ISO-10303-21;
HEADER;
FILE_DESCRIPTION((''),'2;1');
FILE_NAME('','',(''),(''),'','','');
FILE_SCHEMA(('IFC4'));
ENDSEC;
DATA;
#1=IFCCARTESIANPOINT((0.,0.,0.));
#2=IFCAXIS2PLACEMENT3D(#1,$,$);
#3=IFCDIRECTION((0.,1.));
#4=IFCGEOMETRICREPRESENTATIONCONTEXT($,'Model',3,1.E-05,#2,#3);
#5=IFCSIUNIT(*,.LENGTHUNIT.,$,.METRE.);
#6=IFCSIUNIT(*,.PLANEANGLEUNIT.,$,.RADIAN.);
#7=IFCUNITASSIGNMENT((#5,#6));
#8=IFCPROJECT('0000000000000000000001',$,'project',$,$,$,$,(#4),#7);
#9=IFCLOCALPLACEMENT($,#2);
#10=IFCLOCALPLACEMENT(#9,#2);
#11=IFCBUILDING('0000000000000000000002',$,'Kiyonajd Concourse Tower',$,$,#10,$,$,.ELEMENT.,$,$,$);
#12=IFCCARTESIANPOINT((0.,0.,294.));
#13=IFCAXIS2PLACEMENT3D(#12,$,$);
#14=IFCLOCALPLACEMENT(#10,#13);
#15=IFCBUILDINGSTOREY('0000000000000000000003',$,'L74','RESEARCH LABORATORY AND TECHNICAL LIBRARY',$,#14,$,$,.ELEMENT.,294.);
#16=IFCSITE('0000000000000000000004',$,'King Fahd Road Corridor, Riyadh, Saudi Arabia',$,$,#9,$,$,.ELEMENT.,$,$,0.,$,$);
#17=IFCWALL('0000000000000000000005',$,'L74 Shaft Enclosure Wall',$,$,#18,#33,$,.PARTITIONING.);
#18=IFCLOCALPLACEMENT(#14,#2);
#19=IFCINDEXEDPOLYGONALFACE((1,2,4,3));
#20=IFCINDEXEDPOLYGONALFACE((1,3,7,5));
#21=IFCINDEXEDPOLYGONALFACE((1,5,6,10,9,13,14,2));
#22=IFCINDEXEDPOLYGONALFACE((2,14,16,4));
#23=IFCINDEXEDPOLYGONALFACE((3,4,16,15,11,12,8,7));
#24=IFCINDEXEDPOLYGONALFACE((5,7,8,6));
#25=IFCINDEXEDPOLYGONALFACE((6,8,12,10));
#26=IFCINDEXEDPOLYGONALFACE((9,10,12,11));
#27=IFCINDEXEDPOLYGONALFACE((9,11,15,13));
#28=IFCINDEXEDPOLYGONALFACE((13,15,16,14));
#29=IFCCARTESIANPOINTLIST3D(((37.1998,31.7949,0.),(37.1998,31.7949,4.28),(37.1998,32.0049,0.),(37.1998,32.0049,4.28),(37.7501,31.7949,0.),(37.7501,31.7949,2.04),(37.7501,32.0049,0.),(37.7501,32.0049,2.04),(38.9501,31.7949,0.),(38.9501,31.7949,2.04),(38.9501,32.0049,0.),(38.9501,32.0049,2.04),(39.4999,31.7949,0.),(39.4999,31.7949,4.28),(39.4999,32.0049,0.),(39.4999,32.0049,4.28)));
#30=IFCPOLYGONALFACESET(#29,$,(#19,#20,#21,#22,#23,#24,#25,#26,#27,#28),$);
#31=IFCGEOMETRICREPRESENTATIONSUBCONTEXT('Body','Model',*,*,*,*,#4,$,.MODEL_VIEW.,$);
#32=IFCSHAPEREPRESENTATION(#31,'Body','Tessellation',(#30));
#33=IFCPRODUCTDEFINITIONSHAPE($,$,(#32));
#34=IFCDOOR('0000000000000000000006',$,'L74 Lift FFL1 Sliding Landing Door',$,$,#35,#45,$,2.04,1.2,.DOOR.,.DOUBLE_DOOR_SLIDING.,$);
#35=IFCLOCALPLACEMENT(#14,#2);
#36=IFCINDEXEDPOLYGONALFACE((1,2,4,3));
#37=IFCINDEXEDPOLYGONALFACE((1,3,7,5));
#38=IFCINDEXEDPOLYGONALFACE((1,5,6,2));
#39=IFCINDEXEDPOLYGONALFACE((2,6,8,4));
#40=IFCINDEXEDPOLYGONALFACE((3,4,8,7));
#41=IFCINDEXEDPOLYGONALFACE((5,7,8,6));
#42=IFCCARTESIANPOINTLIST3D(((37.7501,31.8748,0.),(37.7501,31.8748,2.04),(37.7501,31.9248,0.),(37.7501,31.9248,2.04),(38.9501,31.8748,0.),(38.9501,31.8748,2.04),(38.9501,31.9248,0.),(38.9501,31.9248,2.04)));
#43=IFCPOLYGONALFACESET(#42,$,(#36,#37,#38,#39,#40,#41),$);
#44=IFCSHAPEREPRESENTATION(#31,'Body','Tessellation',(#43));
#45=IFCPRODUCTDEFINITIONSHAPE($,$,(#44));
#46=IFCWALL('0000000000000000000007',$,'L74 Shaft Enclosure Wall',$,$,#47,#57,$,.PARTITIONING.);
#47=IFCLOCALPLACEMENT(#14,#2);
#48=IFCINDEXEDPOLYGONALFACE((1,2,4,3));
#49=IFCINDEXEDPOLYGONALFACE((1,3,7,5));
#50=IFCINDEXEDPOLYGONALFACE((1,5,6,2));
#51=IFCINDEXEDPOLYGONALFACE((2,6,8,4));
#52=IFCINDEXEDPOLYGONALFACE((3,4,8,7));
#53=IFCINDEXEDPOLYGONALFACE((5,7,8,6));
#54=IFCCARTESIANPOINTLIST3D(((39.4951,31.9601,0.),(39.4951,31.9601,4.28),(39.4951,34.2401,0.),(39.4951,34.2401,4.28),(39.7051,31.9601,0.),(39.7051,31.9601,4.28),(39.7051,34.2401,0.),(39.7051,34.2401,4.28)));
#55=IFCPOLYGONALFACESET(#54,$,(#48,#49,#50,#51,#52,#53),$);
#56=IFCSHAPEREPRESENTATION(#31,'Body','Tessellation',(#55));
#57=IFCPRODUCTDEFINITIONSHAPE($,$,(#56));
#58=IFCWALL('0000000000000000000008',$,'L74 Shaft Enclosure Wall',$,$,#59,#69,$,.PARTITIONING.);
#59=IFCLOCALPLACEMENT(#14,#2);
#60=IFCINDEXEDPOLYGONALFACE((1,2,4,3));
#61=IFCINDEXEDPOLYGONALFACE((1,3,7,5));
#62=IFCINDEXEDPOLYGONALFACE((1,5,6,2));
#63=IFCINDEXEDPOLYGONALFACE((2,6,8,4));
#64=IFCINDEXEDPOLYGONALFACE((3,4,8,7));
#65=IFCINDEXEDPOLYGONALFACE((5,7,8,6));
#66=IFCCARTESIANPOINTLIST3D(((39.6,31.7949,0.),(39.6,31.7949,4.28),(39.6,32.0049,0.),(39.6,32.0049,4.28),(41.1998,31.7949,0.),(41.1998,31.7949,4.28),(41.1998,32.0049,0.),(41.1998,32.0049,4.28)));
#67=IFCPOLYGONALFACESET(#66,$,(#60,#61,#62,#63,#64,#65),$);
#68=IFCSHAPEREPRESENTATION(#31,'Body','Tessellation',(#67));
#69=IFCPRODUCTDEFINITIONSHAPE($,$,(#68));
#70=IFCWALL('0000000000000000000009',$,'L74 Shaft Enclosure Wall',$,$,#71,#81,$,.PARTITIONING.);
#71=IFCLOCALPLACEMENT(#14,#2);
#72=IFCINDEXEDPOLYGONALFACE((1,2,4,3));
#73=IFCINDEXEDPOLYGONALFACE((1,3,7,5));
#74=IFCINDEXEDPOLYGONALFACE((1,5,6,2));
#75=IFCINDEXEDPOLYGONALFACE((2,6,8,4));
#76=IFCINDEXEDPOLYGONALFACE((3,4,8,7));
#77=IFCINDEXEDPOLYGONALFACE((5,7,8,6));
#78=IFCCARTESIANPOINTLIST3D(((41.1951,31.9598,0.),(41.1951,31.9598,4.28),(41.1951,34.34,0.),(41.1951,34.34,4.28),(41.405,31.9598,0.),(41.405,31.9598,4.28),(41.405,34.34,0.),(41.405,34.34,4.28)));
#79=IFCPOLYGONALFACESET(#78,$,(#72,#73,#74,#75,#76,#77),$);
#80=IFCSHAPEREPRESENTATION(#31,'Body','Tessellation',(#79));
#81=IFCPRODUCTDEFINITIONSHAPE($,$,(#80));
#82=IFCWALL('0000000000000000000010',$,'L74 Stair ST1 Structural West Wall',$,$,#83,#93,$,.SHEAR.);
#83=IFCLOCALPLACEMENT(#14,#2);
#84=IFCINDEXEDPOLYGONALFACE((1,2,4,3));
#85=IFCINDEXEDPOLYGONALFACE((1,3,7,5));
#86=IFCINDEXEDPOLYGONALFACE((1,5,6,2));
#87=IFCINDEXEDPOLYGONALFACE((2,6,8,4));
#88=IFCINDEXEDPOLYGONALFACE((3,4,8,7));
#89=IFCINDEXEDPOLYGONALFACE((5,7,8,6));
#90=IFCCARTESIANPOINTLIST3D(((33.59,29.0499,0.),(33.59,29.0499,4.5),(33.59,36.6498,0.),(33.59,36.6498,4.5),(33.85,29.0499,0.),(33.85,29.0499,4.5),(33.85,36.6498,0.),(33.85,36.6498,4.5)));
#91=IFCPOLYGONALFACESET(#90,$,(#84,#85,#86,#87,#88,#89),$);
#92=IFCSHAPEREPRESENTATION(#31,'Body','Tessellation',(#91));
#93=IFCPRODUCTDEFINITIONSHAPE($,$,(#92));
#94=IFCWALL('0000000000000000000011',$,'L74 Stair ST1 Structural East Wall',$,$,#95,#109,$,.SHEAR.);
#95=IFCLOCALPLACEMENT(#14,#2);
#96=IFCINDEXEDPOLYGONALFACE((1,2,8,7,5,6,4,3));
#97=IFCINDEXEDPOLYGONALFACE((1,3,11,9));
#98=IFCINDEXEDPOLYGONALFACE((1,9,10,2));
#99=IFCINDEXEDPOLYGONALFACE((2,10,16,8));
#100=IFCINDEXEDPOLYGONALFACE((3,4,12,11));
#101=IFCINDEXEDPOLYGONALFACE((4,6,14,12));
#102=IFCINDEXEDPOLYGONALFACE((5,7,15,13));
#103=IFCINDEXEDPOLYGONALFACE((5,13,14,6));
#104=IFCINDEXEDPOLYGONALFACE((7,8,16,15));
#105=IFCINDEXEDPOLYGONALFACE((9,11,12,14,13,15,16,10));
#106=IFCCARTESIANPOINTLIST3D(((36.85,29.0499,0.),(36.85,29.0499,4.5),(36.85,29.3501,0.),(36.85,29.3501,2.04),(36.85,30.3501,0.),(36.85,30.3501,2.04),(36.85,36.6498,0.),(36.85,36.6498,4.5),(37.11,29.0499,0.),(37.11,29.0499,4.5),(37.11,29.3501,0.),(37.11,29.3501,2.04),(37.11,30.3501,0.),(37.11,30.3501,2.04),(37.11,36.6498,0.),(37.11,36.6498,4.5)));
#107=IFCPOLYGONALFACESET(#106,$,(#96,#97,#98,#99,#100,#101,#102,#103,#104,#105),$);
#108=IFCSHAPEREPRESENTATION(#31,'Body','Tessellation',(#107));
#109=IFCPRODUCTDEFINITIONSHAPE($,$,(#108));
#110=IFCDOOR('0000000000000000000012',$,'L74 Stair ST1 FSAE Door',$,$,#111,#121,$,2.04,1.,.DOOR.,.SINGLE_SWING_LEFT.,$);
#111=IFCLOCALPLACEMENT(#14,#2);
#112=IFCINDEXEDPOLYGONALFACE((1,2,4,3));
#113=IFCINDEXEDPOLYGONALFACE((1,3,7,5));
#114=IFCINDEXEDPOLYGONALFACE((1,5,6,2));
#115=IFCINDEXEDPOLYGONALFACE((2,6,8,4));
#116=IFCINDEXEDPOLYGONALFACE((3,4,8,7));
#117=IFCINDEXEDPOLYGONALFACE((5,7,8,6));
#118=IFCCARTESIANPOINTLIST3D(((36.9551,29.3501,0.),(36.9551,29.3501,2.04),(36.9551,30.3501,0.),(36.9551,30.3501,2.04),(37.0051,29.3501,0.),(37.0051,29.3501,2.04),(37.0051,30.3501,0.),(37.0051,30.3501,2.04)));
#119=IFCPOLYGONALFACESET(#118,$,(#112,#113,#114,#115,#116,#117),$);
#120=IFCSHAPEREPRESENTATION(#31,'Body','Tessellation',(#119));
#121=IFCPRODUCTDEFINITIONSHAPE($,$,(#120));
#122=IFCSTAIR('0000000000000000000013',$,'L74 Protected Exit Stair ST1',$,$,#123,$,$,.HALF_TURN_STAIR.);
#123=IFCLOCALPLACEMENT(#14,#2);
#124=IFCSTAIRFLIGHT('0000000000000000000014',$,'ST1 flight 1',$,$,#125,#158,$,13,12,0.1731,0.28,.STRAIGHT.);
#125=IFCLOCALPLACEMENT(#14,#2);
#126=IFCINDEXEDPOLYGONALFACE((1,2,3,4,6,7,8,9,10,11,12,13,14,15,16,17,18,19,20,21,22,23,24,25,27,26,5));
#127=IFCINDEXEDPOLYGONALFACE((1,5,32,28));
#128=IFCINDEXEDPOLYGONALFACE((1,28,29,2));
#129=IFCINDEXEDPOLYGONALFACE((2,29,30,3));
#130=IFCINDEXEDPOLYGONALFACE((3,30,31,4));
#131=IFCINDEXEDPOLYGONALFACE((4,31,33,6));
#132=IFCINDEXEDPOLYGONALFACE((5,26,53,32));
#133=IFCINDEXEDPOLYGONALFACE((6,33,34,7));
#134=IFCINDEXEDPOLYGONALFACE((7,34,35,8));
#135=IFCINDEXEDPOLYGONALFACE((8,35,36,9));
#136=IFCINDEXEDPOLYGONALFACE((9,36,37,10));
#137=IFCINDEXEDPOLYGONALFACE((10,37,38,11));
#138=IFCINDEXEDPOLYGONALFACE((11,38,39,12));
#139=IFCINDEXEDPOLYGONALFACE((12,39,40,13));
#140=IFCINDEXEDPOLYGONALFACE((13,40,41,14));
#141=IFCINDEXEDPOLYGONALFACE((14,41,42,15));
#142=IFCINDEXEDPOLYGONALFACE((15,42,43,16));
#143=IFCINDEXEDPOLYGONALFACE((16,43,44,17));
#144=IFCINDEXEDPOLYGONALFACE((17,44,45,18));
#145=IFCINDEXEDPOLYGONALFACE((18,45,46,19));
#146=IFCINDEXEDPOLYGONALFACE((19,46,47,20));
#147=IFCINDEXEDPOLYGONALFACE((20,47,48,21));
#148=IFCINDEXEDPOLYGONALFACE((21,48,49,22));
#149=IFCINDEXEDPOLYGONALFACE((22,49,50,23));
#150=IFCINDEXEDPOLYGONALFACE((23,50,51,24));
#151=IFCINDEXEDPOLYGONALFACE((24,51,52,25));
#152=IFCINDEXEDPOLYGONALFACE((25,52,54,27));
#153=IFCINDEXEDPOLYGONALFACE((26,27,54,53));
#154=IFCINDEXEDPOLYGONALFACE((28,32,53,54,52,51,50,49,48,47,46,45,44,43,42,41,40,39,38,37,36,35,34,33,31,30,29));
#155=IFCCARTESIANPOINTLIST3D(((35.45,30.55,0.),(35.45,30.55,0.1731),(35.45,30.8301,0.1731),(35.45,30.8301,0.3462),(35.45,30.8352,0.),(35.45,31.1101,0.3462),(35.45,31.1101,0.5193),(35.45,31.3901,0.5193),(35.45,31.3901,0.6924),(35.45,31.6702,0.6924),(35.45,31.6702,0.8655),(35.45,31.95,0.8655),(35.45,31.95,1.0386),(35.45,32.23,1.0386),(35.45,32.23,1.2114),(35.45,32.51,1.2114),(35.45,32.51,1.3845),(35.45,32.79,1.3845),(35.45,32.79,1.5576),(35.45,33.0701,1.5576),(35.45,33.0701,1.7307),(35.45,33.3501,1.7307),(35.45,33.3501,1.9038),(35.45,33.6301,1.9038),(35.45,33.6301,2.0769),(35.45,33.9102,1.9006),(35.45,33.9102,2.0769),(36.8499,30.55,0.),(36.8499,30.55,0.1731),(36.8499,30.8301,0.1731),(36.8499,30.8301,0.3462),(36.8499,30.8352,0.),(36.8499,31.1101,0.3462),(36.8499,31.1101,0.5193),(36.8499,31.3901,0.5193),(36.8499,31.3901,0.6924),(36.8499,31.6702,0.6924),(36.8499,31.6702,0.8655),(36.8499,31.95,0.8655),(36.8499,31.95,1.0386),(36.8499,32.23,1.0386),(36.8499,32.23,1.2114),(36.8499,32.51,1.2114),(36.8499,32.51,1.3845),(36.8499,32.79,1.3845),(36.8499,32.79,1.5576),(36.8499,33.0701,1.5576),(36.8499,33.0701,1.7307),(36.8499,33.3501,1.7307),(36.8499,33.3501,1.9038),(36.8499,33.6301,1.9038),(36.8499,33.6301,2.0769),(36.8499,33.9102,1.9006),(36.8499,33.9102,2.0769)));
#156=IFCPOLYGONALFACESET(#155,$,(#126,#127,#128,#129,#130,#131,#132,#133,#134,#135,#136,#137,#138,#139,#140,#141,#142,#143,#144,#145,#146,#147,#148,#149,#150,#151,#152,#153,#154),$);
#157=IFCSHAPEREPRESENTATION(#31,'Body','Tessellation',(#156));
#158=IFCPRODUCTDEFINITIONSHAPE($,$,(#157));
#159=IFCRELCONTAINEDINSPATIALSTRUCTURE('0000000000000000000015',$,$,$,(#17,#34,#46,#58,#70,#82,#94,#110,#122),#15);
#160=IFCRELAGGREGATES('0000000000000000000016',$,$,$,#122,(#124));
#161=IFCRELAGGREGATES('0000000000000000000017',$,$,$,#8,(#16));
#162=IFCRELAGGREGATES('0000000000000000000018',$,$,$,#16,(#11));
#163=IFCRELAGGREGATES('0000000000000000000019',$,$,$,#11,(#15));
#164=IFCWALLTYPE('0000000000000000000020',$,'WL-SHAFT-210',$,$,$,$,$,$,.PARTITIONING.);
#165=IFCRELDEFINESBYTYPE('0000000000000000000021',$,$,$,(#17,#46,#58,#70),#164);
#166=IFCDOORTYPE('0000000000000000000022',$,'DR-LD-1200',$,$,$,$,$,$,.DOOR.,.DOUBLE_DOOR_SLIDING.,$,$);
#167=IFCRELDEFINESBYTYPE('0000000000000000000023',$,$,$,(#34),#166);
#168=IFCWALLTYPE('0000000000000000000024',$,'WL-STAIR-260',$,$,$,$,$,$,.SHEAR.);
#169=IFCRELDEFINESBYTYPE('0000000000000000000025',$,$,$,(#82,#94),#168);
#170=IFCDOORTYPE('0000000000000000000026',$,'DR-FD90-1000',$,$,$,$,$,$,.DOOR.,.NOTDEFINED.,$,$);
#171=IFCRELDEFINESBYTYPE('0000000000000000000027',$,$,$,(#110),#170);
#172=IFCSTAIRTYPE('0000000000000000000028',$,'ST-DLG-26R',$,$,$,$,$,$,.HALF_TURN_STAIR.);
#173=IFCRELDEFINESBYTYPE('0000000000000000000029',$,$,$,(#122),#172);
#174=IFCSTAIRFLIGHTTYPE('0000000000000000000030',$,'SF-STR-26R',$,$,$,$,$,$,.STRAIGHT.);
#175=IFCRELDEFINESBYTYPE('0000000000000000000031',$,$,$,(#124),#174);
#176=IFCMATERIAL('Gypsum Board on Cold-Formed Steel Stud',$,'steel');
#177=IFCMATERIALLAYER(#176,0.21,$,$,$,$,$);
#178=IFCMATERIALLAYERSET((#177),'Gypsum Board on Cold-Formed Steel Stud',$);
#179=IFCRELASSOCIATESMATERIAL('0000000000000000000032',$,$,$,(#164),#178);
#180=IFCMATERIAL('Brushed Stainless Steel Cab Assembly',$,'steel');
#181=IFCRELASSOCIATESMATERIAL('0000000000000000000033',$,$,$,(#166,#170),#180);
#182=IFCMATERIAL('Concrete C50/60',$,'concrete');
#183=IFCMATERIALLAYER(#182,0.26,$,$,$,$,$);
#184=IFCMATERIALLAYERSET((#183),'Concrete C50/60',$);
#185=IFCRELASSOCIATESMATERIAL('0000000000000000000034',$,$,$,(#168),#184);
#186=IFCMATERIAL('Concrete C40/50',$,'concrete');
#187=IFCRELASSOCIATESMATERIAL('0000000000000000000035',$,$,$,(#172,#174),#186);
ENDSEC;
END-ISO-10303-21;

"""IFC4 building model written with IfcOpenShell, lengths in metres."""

from ifc_helpers import new_model, si_unit, direction, frame, frame_2d, origin, place, context, subcontext, project, spatial, polyline, rectangle, outline, extrude, material, layer, layer_set, type_object, element, fill, aggregate, save


model = new_model("IFC4")

# Units and contexts
model_context = context("Model", 3, precision=1e-05, world=origin(), true_north=direction((0.0, 1.0)))
body_context = subcontext(model_context, "Body", "Model", "MODEL_VIEW")
ifc_project = project(units=[si_unit("LENGTHUNIT", "METRE"), si_unit("PLANEANGLEUNIT", "RADIAN")], contexts=[model_context])

# Site, building, storey
site_placement = place(None, origin())
site = spatial("IfcSite", under=ifc_project, at=site_placement, Name="King Fahd Road Corridor, Riyadh, Saudi Arabia", CompositionType="ELEMENT", RefElevation=0.0)
building_placement = place(site_placement, origin())
building = spatial("IfcBuilding", under=site, at=building_placement, Name="Kiyonajd Concourse Tower", CompositionType="ELEMENT")
storey_placement = place(building_placement, frame((0.0, 0.0, 294.0)))
storey = spatial("IfcBuildingStorey", under=building, at=storey_placement, Name="L74", Description="RESEARCH LABORATORY AND TECHNICAL LIBRARY", CompositionType="ELEMENT", Elevation=294.0)

# Shared definitions
ifc_material_1 = material(Name="Concrete C50/60", Category="concrete")

# Wall, opening, door
ifc_material_2 = material(Name="Gypsum Board on Cold-Formed Steel Stud", Category="steel")
ifc_layer_1 = layer(ifc_material_2, 0.21)
ifc_layer_set_1 = layer_set([ifc_layer_1], Name="Gypsum Board on Cold-Formed Steel Stud")
wall_type_1 = type_object("IfcWallType", Name="WL-SHAFT-210", PredefinedType="PARTITIONING", material=ifc_layer_set_1)
wall_1_placement = place(storey_placement, frame((37.2, 31.8999, 0.0), z_axis=(0.0, 0.0, 1.0), x_axis=(1.0, 0.0, 0.0)))
wall_1 = element("IfcWall", 1, at=wall_1_placement, inside=storey, type_object=wall_type_1, Name="L74 Shaft Enclosure Wall", PredefinedType="PARTITIONING", context=body_context, shape_type="SweptSolid", body=[
    extrude(rectangle(XDim=2.3, YDim=0.21, at=frame_2d((1.1499, 0.0))), origin(), (0.0, 0.0, 1.0), 4.28),
])
opening_1_placement = place(wall_1_placement, frame((0.55, 0.0, 0.0)))
opening_1 = element("IfcOpeningElement", 2, at=opening_1_placement, cuts=wall_1, PredefinedType="OPENING", context=body_context, shape_type="SweptSolid", body=[
    extrude(rectangle(XDim=1.2, YDim=2.04, at=frame_2d((0.6001, 1.02))), frame((0.0, 0.115, 0.0), z_axis=(0.0, -1.0, 0.0), x_axis=(1.0, 0.0, 0.0)), (0.0, 0.0, 1.0), 0.23),
])
ifc_material_3 = material(Name="Brushed Stainless Steel Cab Assembly", Category="steel")
door_type_1 = type_object("IfcDoorType", Name="DR-LD-1200", OperationType="DOUBLE_DOOR_SLIDING", PredefinedType="DOOR", material=ifc_material_3)
door_1_placement = place(opening_1_placement, origin())
door_1 = element("IfcDoor", 3, at=door_1_placement, inside=storey, type_object=door_type_1, Name="L74 Lift FFL1 Sliding Landing Door", OperationType="DOUBLE_DOOR_SLIDING", OverallHeight=2.04, OverallWidth=1.2, PredefinedType="DOOR", context=body_context, shape_type="SweptSolid", body=[
    extrude(rectangle(XDim=1.2, YDim=2.04, at=frame_2d((0.6001, 1.02))), frame((0.0, 0.0249, 0.0), z_axis=(0.0, -1.0, 0.0), x_axis=(1.0, 0.0, 0.0)), (0.0, 0.0, 1.0), 0.05),
])
fill(opening_1, door_1)

# Walls
wall_2_placement = place(storey_placement, frame((39.6001, 31.96, 0.0), z_axis=(0.0, 0.0, 1.0), x_axis=(0.0, 1.0, 0.0)))
element("IfcWall", 4, at=wall_2_placement, inside=storey, type_object=wall_type_1, Name="L74 Shaft Enclosure Wall", PredefinedType="PARTITIONING", context=body_context, shape_type="SweptSolid", body=[
    extrude(rectangle(XDim=2.28, YDim=0.21, at=frame_2d((1.1401, 0.0))), origin(), (0.0, 0.0, 1.0), 4.28),
])
wall_3_placement = place(storey_placement, frame((39.6001, 31.8999, 0.0), z_axis=(0.0, 0.0, 1.0), x_axis=(1.0, 0.0, 0.0)))
element("IfcWall", 5, at=wall_3_placement, inside=storey, type_object=wall_type_1, Name="L74 Shaft Enclosure Wall", PredefinedType="PARTITIONING", context=body_context, shape_type="SweptSolid", body=[
    extrude(rectangle(XDim=1.5999, YDim=0.21, at=frame_2d((0.7998, 0.0))), origin(), (0.0, 0.0, 1.0), 4.28),
])
wall_4_placement = place(storey_placement, frame((41.3, 31.96, 0.0), z_axis=(0.0, 0.0, 1.0), x_axis=(0.0, 1.0, 0.0)))
element("IfcWall", 6, at=wall_4_placement, inside=storey, type_object=wall_type_1, Name="L74 Shaft Enclosure Wall", PredefinedType="PARTITIONING", context=body_context, shape_type="SweptSolid", body=[
    extrude(rectangle(XDim=2.3801, YDim=0.21, at=frame_2d((1.1899, 0.0))), origin(), (0.0, 0.0, 1.0), 4.28),
])
ifc_layer_2 = layer(ifc_material_1, 0.26)
ifc_layer_set_2 = layer_set([ifc_layer_2], Name="Concrete C50/60")
wall_type_2 = type_object("IfcWallType", Name="WL-STAIR-260", PredefinedType="SHEAR", material=ifc_layer_set_2)
wall_5_placement = place(storey_placement, frame((33.72, 29.05, 0.0), z_axis=(0.0, 0.0, 1.0), x_axis=(0.0, 1.0, 0.0)))
element("IfcWall", 7, at=wall_5_placement, inside=storey, type_object=wall_type_2, Name="L74 Stair ST1 Structural West Wall", PredefinedType="SHEAR", context=body_context, shape_type="SweptSolid", body=[
    extrude(rectangle(XDim=7.5999, YDim=0.26, at=frame_2d((3.7998, 0.0))), origin(), (0.0, 0.0, 1.0), 4.5),
])

# Wall, opening, door
wall_6_placement = place(storey_placement, frame((36.98, 29.05, 0.0), z_axis=(0.0, 0.0, 1.0), x_axis=(0.0, 1.0, 0.0)))
wall_6 = element("IfcWall", 8, at=wall_6_placement, inside=storey, type_object=wall_type_2, Name="L74 Stair ST1 Structural East Wall", PredefinedType="SHEAR", context=body_context, shape_type="SweptSolid", body=[
    extrude(rectangle(XDim=7.5999, YDim=0.26, at=frame_2d((3.7998, 0.0))), origin(), (0.0, 0.0, 1.0), 4.5),
])
opening_2_placement = place(wall_6_placement, frame((0.3, 0.0, 0.0)))
opening_2 = element("IfcOpeningElement", 9, at=opening_2_placement, cuts=wall_6, PredefinedType="OPENING", context=body_context, shape_type="SweptSolid", body=[
    extrude(rectangle(XDim=1.0, YDim=2.04, at=frame_2d((0.5, 1.02))), frame((0.0, 0.1399, 0.0), z_axis=(0.0, -1.0, 0.0), x_axis=(1.0, 0.0, 0.0)), (0.0, 0.0, 1.0), 0.28),
])
door_type_2 = type_object("IfcDoorType", Name="DR-FD90-1000", OperationType="NOTDEFINED", PredefinedType="DOOR", material=ifc_material_3)
door_2_placement = place(opening_2_placement, origin())
door_2 = element("IfcDoor", 10, at=door_2_placement, inside=storey, type_object=door_type_2, Name="L74 Stair ST1 FSAE Door", OperationType="SINGLE_SWING_LEFT", OverallHeight=2.04, OverallWidth=1.0, PredefinedType="DOOR", context=body_context, shape_type="SweptSolid", body=[
    extrude(rectangle(XDim=1.0, YDim=2.04, at=frame_2d((0.5, 1.02))), frame((0.0, 0.0249, 0.0), z_axis=(0.0, -1.0, 0.0), x_axis=(1.0, 0.0, 0.0)), (0.0, 0.0, 1.0), 0.05),
])
fill(opening_2, door_2)

# Stair, stair flight
ifc_material_4 = material(Name="Concrete C40/50", Category="concrete")
stair_type = type_object("IfcStairType", Name="ST-DLG-26R", PredefinedType="HALF_TURN_STAIR", material=ifc_material_4)
stair_placement = place(storey_placement, origin())
stair = element("IfcStair", 11, at=stair_placement, inside=storey, type_object=stair_type, Name="L74 Protected Exit Stair ST1", PredefinedType="HALF_TURN_STAIR")
stair_flight_type = type_object("IfcStairFlightType", Name="SF-STR-26R", PredefinedType="STRAIGHT", material=ifc_material_4)
stair_flight_placement = place(storey_placement, frame((36.1499, 30.55, 0.0), z_axis=(0.0, 0.0, 1.0), x_axis=(0.0, 1.0, 0.0)))
stair_flight = element("IfcStairFlight", 12, at=stair_flight_placement, type_object=stair_flight_type, Name="ST1 flight 1", NumberOfRisers=13, NumberOfTreads=12, PredefinedType="STRAIGHT", RiserHeight=0.1731, TreadLength=0.28, context=body_context, shape_type="SweptSolid", body=[
    extrude(outline(polyline([(0.0, 0.0), (0.0, 0.1731), (0.28, 0.1731), (0.28, 0.3462), (0.5601, 0.3462), (0.5601, 0.5193), (0.8401, 0.5193), (0.8401, 0.6924), (1.1201, 0.6924), (1.1201, 0.8655), (1.3999, 0.8655), (1.3999, 1.0386), (1.6799, 1.0386), (1.6799, 1.2114), (1.96, 1.2114), (1.96, 1.3845), (2.24, 1.3845), (2.24, 1.5576), (2.52, 1.5576), (2.52, 1.7307), (2.8, 1.7307), (2.8, 1.9038), (3.0801, 1.9038), (3.0801, 2.0769), (3.3601, 2.0769), (3.3601, 2.25), (3.3601, 1.9006), (0.2852, 0.0), (0.0, 0.0)])), frame((0.0, 0.7, 0.0), z_axis=(0.0, -1.0, 0.0), x_axis=(1.0, 0.0, 0.0)), (0.0, 0.0, 1.0), 1.3999),
])
aggregate(stair, [stair_flight])

save(model, "model.ifc")
